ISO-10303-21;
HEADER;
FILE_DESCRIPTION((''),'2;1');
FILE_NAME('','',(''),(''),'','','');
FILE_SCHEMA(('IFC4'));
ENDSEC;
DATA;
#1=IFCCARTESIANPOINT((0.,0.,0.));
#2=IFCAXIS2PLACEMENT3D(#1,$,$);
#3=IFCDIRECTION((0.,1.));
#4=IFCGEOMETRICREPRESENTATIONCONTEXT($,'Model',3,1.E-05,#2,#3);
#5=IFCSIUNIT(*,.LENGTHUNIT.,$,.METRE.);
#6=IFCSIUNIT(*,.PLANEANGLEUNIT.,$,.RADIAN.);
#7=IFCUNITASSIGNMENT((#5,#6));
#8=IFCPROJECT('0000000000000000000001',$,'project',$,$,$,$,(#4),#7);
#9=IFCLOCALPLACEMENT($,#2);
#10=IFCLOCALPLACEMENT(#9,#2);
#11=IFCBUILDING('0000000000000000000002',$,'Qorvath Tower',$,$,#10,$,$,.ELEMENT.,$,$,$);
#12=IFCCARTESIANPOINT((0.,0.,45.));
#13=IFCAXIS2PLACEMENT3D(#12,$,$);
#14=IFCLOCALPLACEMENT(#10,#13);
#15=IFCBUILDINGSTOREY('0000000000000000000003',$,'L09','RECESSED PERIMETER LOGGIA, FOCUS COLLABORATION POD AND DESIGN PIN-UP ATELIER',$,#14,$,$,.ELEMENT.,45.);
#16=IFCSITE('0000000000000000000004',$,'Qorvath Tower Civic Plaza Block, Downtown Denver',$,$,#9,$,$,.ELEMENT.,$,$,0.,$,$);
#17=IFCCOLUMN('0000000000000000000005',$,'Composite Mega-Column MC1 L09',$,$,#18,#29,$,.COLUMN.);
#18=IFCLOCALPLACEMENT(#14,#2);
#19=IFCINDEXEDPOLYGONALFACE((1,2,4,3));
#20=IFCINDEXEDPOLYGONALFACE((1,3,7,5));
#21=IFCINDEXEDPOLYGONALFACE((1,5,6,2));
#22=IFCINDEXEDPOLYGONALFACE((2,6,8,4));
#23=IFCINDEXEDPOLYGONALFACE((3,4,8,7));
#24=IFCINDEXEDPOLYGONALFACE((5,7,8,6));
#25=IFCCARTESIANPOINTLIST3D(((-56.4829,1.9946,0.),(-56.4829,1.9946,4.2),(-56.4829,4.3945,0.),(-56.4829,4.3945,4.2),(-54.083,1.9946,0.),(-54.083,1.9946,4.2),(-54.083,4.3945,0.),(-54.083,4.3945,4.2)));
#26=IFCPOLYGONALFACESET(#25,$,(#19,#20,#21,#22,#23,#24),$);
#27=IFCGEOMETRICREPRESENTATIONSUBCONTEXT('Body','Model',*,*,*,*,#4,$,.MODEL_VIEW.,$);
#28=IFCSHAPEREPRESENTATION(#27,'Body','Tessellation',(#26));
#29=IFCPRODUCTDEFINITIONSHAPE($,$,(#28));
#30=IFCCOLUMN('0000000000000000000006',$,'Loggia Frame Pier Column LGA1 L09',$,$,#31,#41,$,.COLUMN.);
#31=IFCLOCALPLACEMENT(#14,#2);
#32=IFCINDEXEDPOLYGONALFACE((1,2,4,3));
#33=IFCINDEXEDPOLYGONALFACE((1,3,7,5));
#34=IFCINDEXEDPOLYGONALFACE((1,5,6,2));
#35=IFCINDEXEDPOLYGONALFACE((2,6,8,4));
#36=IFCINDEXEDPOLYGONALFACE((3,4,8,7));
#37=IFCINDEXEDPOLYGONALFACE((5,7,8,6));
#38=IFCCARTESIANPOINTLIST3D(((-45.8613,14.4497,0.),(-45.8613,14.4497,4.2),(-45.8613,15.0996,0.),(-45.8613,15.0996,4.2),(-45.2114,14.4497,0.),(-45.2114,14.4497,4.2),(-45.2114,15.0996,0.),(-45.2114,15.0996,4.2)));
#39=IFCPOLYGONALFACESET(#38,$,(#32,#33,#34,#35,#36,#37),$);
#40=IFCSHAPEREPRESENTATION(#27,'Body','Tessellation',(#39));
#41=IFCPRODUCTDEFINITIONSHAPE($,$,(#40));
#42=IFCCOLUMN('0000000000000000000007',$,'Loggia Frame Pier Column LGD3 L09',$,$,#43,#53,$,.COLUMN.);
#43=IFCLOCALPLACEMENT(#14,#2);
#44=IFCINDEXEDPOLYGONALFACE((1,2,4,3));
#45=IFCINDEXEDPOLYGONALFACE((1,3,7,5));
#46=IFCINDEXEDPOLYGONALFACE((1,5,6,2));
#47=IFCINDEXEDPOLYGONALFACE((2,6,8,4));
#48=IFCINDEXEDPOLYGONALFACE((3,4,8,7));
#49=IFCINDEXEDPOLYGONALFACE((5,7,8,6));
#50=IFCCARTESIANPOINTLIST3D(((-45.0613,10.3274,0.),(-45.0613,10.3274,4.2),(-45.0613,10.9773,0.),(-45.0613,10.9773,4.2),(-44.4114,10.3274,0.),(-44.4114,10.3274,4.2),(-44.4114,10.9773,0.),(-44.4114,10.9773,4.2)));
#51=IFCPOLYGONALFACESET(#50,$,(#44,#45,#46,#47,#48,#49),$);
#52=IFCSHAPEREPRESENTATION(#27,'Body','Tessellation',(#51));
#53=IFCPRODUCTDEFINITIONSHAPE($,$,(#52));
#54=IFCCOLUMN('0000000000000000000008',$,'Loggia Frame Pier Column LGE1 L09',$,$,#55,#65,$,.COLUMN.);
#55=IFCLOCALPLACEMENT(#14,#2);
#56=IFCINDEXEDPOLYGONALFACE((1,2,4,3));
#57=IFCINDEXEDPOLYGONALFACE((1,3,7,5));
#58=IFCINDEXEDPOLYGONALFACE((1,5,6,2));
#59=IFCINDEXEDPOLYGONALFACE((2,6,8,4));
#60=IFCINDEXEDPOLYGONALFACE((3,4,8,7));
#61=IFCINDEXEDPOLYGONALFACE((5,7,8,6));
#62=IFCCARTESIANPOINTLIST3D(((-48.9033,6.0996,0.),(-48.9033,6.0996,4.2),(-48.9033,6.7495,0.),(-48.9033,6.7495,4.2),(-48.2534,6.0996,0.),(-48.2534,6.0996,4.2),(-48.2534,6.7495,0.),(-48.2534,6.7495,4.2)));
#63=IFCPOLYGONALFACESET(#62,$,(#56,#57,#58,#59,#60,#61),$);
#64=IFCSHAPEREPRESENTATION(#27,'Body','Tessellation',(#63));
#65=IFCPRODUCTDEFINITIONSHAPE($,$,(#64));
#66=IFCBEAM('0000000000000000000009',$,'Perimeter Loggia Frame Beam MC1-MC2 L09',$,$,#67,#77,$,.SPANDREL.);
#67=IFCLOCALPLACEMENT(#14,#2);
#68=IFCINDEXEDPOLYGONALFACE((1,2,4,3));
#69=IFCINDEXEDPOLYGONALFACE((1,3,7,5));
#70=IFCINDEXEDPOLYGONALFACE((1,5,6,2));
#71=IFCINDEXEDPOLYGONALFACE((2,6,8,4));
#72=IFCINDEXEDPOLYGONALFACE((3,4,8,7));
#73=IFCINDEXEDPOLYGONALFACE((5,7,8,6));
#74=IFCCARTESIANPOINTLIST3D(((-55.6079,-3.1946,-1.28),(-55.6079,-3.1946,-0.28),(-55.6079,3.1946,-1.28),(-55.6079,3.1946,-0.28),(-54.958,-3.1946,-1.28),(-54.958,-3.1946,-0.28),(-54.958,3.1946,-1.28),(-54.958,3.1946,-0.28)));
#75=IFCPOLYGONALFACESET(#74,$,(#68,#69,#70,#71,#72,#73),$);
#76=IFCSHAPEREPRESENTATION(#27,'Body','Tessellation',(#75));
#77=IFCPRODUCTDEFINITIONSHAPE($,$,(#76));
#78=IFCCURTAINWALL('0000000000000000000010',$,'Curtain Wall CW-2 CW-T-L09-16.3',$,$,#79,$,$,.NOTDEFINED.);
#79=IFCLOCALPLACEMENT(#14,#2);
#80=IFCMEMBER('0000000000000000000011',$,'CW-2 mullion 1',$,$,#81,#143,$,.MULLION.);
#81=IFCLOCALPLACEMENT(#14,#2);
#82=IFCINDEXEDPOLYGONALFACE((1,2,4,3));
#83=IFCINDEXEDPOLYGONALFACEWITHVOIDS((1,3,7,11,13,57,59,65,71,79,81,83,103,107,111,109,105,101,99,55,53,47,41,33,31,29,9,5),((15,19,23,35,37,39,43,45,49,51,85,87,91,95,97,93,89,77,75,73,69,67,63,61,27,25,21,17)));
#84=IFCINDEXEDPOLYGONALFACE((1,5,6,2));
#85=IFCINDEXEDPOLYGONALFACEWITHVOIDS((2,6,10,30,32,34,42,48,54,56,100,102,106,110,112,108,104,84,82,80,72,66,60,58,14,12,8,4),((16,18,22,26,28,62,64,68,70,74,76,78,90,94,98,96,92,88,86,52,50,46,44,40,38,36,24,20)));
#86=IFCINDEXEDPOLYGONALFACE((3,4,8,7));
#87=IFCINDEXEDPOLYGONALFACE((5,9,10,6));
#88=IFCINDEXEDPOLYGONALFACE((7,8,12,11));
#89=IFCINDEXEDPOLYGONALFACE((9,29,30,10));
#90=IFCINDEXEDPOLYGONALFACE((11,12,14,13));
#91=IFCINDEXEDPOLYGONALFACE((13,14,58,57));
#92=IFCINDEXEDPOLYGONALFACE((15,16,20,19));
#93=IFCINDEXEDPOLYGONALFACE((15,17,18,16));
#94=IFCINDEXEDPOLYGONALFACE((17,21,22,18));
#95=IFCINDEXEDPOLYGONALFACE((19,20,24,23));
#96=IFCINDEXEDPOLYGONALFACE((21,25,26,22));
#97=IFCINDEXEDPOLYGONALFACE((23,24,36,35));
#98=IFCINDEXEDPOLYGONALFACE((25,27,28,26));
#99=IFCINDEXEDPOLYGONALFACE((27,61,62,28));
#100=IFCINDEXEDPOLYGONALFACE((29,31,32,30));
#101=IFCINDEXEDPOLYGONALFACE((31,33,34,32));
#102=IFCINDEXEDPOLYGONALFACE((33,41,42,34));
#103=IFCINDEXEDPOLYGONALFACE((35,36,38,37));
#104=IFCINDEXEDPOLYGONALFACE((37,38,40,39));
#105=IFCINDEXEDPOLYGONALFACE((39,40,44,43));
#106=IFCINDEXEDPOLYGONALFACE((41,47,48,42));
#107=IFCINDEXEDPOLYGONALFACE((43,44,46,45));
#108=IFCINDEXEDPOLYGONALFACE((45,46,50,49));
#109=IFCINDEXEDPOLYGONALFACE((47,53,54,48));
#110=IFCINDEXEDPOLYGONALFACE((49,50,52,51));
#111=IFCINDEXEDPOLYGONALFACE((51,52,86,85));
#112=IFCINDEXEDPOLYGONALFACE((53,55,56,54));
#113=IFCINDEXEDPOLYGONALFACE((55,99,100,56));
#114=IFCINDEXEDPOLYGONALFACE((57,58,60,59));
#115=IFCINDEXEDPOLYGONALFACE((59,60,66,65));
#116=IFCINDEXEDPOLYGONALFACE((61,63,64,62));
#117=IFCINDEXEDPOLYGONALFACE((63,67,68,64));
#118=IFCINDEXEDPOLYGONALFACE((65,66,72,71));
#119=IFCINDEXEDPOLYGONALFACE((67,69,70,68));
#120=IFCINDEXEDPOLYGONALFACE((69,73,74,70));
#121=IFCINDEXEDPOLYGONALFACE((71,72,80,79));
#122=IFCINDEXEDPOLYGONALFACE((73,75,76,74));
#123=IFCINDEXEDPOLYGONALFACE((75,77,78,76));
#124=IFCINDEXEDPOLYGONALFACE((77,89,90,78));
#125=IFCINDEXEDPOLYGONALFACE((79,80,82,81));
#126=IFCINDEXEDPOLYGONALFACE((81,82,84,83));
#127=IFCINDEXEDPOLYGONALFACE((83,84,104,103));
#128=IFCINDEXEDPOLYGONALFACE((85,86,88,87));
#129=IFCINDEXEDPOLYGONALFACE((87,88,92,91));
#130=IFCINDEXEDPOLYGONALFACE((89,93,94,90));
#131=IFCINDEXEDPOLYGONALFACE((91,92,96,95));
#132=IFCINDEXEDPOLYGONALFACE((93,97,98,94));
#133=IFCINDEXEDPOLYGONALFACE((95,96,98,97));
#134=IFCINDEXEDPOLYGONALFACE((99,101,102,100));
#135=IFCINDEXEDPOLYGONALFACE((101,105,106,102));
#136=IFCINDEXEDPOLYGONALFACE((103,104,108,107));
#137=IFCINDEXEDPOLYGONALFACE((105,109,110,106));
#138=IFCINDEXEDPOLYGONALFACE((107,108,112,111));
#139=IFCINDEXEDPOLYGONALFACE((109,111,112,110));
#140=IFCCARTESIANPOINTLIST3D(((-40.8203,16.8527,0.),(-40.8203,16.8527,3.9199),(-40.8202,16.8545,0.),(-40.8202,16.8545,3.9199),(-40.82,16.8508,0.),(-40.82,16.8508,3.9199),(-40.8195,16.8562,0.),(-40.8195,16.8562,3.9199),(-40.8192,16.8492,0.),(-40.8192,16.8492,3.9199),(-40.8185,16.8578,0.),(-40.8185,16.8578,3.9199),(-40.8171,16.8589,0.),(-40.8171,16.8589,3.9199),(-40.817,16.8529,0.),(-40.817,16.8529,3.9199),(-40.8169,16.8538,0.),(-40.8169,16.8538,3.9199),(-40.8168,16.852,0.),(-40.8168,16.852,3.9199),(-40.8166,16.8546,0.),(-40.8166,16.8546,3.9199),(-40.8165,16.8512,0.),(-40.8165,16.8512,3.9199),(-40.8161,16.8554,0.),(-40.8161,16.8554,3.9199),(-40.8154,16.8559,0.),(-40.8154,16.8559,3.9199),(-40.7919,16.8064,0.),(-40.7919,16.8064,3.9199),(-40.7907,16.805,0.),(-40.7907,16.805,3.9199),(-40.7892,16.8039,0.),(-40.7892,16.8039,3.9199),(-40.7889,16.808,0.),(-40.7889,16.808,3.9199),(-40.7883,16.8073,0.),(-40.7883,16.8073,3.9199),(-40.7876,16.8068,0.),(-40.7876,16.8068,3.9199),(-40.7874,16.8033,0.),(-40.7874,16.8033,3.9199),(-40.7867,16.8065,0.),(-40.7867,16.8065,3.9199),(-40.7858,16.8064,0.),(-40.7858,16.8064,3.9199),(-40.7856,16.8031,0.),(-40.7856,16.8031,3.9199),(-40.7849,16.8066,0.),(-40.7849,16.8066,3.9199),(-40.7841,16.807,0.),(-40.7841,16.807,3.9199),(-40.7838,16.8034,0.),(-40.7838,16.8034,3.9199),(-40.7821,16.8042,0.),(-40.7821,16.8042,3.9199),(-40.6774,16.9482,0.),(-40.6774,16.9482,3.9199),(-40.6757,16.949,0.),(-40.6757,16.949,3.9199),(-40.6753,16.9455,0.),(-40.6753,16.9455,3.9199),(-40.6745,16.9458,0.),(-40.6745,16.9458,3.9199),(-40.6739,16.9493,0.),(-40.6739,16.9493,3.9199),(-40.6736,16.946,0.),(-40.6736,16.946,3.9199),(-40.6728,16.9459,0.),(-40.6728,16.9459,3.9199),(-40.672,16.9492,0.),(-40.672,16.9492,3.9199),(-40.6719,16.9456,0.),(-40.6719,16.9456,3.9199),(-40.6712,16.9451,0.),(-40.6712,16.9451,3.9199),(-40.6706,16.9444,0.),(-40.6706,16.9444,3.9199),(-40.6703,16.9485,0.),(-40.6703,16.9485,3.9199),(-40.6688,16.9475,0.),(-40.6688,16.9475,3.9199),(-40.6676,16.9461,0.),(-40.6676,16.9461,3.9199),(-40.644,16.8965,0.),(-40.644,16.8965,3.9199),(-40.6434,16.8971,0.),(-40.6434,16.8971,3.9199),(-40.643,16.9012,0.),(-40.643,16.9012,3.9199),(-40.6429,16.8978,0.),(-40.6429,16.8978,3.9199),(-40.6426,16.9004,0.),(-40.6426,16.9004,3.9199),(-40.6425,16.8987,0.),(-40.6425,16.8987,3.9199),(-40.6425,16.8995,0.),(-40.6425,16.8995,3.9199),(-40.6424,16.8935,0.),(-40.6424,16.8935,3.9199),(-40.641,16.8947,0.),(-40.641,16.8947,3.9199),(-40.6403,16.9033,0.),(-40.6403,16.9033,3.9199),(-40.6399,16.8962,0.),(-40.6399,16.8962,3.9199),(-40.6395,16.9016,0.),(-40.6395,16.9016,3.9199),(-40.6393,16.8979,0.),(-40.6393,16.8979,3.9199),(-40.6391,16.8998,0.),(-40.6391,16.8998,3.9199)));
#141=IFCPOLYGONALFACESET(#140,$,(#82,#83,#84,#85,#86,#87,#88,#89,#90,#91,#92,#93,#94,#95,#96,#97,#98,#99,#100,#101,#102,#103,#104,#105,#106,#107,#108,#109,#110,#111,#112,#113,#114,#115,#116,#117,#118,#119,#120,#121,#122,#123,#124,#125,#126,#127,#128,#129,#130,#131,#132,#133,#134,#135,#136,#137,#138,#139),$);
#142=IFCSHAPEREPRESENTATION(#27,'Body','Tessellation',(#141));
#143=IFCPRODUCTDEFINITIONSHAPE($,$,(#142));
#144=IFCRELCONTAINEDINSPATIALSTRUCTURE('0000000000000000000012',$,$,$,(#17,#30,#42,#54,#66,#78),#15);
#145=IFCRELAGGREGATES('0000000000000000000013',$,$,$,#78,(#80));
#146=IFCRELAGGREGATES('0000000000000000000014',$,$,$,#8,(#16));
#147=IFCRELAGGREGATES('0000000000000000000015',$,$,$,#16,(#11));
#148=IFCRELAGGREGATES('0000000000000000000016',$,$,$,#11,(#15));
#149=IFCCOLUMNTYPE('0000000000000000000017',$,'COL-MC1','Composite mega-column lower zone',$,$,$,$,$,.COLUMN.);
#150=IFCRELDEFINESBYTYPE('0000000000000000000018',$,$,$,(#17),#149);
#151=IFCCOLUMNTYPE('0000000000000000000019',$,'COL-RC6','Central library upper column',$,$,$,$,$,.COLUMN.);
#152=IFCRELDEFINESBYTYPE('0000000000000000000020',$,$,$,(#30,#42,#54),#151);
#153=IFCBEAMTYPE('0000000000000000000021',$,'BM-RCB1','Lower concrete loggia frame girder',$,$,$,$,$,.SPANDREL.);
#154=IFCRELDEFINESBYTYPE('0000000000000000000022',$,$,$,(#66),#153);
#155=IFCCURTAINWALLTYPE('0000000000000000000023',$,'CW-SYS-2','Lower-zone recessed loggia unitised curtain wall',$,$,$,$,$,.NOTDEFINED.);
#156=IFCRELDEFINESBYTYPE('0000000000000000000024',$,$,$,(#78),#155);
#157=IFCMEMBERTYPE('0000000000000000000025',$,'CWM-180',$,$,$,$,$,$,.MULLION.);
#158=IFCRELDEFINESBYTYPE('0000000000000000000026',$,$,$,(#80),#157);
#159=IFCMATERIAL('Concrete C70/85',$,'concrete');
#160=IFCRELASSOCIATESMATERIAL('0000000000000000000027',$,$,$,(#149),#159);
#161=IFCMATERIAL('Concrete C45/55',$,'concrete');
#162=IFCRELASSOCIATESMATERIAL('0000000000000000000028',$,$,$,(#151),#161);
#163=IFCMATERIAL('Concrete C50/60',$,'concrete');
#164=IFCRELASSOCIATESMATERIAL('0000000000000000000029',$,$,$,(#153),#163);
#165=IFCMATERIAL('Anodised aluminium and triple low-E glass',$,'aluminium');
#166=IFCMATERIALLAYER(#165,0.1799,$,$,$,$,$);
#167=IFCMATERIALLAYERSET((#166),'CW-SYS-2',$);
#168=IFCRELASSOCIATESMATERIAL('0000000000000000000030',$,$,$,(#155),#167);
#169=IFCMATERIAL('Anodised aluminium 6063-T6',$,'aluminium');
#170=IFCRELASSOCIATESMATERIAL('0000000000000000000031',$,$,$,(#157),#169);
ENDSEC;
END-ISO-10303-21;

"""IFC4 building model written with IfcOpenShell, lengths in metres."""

from ifc_helpers import new_model, si_unit, direction, frame, origin, origin_2d, place, context, subcontext, project, spatial, rectangle, hollow_rectangle, extrude, material, layer, layer_set, material_profile, profile_set, type_object, element, aggregate, save


model = new_model("IFC4")

# Units and contexts
model_context = context("Model", 3, precision=1e-05, world=origin(), true_north=direction((0.0, 1.0)))
body_context = subcontext(model_context, "Body", "Model", "MODEL_VIEW")
ifc_project = project(units=[si_unit("LENGTHUNIT", "METRE"), si_unit("PLANEANGLEUNIT", "RADIAN")], contexts=[model_context])

# Site, building, storey
site_placement = place(None, origin())
site = spatial("IfcSite", under=ifc_project, at=site_placement, Name="Qorvath Tower Civic Plaza Block, Downtown Denver", CompositionType="ELEMENT", RefElevation=0.0)
building_placement = place(site_placement, origin())
building = spatial("IfcBuilding", under=site, at=building_placement, Name="Qorvath Tower", CompositionType="ELEMENT")
storey_placement = place(building_placement, frame((0.0, 0.0, 45.0)))
storey = spatial("IfcBuildingStorey", under=building, at=storey_placement, Name="L09", Description="RECESSED PERIMETER LOGGIA, FOCUS COLLABORATION POD AND DESIGN PIN-UP ATELIER", CompositionType="ELEMENT", Elevation=45.0)

# Columns
ifc_material_1 = material(Name="Concrete C70/85", Category="concrete")
ifc_material_profile_1 = material_profile(ifc_material_1, rectangle(XDim=2.3999, YDim=2.3999, at=origin_2d()), Name="MC 2400x2400")
ifc_profile_set_1 = profile_set([ifc_material_profile_1], Name="Concrete C70/85")
column_type_1 = type_object("IfcColumnType", Name="COL-MC1", Description="Composite mega-column lower zone", PredefinedType="COLUMN", material=ifc_profile_set_1)
column_placement = place(storey_placement, frame((-55.283, 3.1946, 0.0), z_axis=(0.0, 0.0, 1.0), x_axis=(1.0, 0.0, 0.0)))
element("IfcColumn", 1, at=column_placement, inside=storey, type_object=column_type_1, Name="Composite Mega-Column MC1 L09", PredefinedType="COLUMN", context=body_context, shape_type="SweptSolid", body=[
    extrude(rectangle(XDim=2.3999, YDim=2.3999, at=origin_2d()), origin(), (0.0, 0.0, 1.0), 4.2),
])
ifc_material_2 = material(Name="Concrete C45/55", Category="concrete")
ifc_material_profile_2 = material_profile(ifc_material_2, rectangle(XDim=0.6499, YDim=0.6499, at=origin_2d()), Name="RC 650x650")
ifc_profile_set_2 = profile_set([ifc_material_profile_2], Name="Concrete C45/55")
column_type_2 = type_object("IfcColumnType", Name="COL-RC6", Description="Central library upper column", PredefinedType="COLUMN", material=ifc_profile_set_2)
for number, where, z_axis, x_axis, name in (
    (2, (-45.5364, 14.7747, 0.0), (0.0, 0.0, 1.0), (1.0, 0.0, 0.0), "Loggia Frame Pier Column LGA1 L09"),
    (3, (-44.7363, 10.6523, 0.0), (0.0, 0.0, 1.0), (1.0, 0.0, 0.0), "Loggia Frame Pier Column LGD3 L09"),
    (4, (-48.5784, 6.4246, 0.0), (0.0, 0.0, 1.0), (1.0, 0.0, 0.0), "Loggia Frame Pier Column LGE1 L09"),
):
    element("IfcColumn", number, at=place(storey_placement, frame(where, z_axis=z_axis, x_axis=x_axis)), inside=storey, type_object=column_type_2, Name=name, PredefinedType="COLUMN", context=body_context, shape_type="SweptSolid", body=[
        extrude(rectangle(XDim=0.6499, YDim=0.6499, at=origin_2d()), origin(), (0.0, 0.0, 1.0), 4.2),
    ])

# Beam
ifc_material_3 = material(Name="Concrete C50/60", Category="concrete")
ifc_material_profile_3 = material_profile(ifc_material_3, rectangle(XDim=0.6499, YDim=1.0, at=origin_2d()), Name="RCB 1000x650")
ifc_profile_set_3 = profile_set([ifc_material_profile_3], Name="Concrete C50/60")
beam_type = type_object("IfcBeamType", Name="BM-RCB1", Description="Lower concrete loggia frame girder", PredefinedType="SPANDREL", material=ifc_profile_set_3)
beam_placement = place(storey_placement, frame((-55.283, 3.1946, -0.78), z_axis=(0.0, -1.0, 0.0), x_axis=(1.0, 0.0, 0.0)))
element("IfcBeam", 5, at=beam_placement, inside=storey, type_object=beam_type, Name="Perimeter Loggia Frame Beam MC1-MC2 L09", PredefinedType="SPANDREL", context=body_context, shape_type="SweptSolid", body=[
    extrude(rectangle(XDim=0.6499, YDim=1.0, at=origin_2d()), origin(), (0.0, 0.0, 1.0), 6.3892),
])

# Curtain wall, member
ifc_material_4 = material(Name="Anodised aluminium and triple low-E glass", Category="aluminium")
ifc_layer_1 = layer(ifc_material_4, 0.1799)
ifc_layer_set_1 = layer_set([ifc_layer_1], Name="CW-SYS-2")
curtain_wall_type = type_object("IfcCurtainWallType", Name="CW-SYS-2", Description="Lower-zone recessed loggia unitised curtain wall", PredefinedType="NOTDEFINED", material=ifc_layer_set_1)
curtain_wall_placement = place(storey_placement, origin())
curtain_wall = element("IfcCurtainWall", 6, at=curtain_wall_placement, inside=storey, type_object=curtain_wall_type, Name="Curtain Wall CW-2 CW-T-L09-16.3", PredefinedType="NOTDEFINED")
ifc_material_5 = material(Name="Anodised aluminium 6063-T6", Category="aluminium")
ifc_material_profile_4 = material_profile(ifc_material_5, hollow_rectangle(XDim=0.0649, YDim=0.1799, WallThickness=0.0034, InnerFilletRadius=0.0034, OuterFilletRadius=0.0071, at=origin_2d()), Name="CWM 180x65")
ifc_profile_set_4 = profile_set([ifc_material_profile_4], Name="Anodised aluminium 6063-T6")
member_type_1 = type_object("IfcMemberType", Name="CWM-180", PredefinedType="MULLION", material=ifc_profile_set_4)
member_1_placement = place(storey_placement, frame((-40.7297, 16.8762, 0.0), z_axis=(0.0, 0.0, 1.0), x_axis=(0.538532, -0.842605, 0.0)))
member_1 = element("IfcMember", 7, at=member_1_placement, type_object=member_type_1, Name="CW-2 mullion 1", PredefinedType="MULLION", context=body_context, shape_type="SweptSolid", body=[
    extrude(hollow_rectangle(XDim=0.0649, YDim=0.1799, WallThickness=0.0034, InnerFilletRadius=0.0034, OuterFilletRadius=0.0071, at=origin_2d()), origin(), (0.0, 0.0, 1.0), 3.9199),
])
aggregate(curtain_wall, [member_1])

save(model, "model.ifc")
